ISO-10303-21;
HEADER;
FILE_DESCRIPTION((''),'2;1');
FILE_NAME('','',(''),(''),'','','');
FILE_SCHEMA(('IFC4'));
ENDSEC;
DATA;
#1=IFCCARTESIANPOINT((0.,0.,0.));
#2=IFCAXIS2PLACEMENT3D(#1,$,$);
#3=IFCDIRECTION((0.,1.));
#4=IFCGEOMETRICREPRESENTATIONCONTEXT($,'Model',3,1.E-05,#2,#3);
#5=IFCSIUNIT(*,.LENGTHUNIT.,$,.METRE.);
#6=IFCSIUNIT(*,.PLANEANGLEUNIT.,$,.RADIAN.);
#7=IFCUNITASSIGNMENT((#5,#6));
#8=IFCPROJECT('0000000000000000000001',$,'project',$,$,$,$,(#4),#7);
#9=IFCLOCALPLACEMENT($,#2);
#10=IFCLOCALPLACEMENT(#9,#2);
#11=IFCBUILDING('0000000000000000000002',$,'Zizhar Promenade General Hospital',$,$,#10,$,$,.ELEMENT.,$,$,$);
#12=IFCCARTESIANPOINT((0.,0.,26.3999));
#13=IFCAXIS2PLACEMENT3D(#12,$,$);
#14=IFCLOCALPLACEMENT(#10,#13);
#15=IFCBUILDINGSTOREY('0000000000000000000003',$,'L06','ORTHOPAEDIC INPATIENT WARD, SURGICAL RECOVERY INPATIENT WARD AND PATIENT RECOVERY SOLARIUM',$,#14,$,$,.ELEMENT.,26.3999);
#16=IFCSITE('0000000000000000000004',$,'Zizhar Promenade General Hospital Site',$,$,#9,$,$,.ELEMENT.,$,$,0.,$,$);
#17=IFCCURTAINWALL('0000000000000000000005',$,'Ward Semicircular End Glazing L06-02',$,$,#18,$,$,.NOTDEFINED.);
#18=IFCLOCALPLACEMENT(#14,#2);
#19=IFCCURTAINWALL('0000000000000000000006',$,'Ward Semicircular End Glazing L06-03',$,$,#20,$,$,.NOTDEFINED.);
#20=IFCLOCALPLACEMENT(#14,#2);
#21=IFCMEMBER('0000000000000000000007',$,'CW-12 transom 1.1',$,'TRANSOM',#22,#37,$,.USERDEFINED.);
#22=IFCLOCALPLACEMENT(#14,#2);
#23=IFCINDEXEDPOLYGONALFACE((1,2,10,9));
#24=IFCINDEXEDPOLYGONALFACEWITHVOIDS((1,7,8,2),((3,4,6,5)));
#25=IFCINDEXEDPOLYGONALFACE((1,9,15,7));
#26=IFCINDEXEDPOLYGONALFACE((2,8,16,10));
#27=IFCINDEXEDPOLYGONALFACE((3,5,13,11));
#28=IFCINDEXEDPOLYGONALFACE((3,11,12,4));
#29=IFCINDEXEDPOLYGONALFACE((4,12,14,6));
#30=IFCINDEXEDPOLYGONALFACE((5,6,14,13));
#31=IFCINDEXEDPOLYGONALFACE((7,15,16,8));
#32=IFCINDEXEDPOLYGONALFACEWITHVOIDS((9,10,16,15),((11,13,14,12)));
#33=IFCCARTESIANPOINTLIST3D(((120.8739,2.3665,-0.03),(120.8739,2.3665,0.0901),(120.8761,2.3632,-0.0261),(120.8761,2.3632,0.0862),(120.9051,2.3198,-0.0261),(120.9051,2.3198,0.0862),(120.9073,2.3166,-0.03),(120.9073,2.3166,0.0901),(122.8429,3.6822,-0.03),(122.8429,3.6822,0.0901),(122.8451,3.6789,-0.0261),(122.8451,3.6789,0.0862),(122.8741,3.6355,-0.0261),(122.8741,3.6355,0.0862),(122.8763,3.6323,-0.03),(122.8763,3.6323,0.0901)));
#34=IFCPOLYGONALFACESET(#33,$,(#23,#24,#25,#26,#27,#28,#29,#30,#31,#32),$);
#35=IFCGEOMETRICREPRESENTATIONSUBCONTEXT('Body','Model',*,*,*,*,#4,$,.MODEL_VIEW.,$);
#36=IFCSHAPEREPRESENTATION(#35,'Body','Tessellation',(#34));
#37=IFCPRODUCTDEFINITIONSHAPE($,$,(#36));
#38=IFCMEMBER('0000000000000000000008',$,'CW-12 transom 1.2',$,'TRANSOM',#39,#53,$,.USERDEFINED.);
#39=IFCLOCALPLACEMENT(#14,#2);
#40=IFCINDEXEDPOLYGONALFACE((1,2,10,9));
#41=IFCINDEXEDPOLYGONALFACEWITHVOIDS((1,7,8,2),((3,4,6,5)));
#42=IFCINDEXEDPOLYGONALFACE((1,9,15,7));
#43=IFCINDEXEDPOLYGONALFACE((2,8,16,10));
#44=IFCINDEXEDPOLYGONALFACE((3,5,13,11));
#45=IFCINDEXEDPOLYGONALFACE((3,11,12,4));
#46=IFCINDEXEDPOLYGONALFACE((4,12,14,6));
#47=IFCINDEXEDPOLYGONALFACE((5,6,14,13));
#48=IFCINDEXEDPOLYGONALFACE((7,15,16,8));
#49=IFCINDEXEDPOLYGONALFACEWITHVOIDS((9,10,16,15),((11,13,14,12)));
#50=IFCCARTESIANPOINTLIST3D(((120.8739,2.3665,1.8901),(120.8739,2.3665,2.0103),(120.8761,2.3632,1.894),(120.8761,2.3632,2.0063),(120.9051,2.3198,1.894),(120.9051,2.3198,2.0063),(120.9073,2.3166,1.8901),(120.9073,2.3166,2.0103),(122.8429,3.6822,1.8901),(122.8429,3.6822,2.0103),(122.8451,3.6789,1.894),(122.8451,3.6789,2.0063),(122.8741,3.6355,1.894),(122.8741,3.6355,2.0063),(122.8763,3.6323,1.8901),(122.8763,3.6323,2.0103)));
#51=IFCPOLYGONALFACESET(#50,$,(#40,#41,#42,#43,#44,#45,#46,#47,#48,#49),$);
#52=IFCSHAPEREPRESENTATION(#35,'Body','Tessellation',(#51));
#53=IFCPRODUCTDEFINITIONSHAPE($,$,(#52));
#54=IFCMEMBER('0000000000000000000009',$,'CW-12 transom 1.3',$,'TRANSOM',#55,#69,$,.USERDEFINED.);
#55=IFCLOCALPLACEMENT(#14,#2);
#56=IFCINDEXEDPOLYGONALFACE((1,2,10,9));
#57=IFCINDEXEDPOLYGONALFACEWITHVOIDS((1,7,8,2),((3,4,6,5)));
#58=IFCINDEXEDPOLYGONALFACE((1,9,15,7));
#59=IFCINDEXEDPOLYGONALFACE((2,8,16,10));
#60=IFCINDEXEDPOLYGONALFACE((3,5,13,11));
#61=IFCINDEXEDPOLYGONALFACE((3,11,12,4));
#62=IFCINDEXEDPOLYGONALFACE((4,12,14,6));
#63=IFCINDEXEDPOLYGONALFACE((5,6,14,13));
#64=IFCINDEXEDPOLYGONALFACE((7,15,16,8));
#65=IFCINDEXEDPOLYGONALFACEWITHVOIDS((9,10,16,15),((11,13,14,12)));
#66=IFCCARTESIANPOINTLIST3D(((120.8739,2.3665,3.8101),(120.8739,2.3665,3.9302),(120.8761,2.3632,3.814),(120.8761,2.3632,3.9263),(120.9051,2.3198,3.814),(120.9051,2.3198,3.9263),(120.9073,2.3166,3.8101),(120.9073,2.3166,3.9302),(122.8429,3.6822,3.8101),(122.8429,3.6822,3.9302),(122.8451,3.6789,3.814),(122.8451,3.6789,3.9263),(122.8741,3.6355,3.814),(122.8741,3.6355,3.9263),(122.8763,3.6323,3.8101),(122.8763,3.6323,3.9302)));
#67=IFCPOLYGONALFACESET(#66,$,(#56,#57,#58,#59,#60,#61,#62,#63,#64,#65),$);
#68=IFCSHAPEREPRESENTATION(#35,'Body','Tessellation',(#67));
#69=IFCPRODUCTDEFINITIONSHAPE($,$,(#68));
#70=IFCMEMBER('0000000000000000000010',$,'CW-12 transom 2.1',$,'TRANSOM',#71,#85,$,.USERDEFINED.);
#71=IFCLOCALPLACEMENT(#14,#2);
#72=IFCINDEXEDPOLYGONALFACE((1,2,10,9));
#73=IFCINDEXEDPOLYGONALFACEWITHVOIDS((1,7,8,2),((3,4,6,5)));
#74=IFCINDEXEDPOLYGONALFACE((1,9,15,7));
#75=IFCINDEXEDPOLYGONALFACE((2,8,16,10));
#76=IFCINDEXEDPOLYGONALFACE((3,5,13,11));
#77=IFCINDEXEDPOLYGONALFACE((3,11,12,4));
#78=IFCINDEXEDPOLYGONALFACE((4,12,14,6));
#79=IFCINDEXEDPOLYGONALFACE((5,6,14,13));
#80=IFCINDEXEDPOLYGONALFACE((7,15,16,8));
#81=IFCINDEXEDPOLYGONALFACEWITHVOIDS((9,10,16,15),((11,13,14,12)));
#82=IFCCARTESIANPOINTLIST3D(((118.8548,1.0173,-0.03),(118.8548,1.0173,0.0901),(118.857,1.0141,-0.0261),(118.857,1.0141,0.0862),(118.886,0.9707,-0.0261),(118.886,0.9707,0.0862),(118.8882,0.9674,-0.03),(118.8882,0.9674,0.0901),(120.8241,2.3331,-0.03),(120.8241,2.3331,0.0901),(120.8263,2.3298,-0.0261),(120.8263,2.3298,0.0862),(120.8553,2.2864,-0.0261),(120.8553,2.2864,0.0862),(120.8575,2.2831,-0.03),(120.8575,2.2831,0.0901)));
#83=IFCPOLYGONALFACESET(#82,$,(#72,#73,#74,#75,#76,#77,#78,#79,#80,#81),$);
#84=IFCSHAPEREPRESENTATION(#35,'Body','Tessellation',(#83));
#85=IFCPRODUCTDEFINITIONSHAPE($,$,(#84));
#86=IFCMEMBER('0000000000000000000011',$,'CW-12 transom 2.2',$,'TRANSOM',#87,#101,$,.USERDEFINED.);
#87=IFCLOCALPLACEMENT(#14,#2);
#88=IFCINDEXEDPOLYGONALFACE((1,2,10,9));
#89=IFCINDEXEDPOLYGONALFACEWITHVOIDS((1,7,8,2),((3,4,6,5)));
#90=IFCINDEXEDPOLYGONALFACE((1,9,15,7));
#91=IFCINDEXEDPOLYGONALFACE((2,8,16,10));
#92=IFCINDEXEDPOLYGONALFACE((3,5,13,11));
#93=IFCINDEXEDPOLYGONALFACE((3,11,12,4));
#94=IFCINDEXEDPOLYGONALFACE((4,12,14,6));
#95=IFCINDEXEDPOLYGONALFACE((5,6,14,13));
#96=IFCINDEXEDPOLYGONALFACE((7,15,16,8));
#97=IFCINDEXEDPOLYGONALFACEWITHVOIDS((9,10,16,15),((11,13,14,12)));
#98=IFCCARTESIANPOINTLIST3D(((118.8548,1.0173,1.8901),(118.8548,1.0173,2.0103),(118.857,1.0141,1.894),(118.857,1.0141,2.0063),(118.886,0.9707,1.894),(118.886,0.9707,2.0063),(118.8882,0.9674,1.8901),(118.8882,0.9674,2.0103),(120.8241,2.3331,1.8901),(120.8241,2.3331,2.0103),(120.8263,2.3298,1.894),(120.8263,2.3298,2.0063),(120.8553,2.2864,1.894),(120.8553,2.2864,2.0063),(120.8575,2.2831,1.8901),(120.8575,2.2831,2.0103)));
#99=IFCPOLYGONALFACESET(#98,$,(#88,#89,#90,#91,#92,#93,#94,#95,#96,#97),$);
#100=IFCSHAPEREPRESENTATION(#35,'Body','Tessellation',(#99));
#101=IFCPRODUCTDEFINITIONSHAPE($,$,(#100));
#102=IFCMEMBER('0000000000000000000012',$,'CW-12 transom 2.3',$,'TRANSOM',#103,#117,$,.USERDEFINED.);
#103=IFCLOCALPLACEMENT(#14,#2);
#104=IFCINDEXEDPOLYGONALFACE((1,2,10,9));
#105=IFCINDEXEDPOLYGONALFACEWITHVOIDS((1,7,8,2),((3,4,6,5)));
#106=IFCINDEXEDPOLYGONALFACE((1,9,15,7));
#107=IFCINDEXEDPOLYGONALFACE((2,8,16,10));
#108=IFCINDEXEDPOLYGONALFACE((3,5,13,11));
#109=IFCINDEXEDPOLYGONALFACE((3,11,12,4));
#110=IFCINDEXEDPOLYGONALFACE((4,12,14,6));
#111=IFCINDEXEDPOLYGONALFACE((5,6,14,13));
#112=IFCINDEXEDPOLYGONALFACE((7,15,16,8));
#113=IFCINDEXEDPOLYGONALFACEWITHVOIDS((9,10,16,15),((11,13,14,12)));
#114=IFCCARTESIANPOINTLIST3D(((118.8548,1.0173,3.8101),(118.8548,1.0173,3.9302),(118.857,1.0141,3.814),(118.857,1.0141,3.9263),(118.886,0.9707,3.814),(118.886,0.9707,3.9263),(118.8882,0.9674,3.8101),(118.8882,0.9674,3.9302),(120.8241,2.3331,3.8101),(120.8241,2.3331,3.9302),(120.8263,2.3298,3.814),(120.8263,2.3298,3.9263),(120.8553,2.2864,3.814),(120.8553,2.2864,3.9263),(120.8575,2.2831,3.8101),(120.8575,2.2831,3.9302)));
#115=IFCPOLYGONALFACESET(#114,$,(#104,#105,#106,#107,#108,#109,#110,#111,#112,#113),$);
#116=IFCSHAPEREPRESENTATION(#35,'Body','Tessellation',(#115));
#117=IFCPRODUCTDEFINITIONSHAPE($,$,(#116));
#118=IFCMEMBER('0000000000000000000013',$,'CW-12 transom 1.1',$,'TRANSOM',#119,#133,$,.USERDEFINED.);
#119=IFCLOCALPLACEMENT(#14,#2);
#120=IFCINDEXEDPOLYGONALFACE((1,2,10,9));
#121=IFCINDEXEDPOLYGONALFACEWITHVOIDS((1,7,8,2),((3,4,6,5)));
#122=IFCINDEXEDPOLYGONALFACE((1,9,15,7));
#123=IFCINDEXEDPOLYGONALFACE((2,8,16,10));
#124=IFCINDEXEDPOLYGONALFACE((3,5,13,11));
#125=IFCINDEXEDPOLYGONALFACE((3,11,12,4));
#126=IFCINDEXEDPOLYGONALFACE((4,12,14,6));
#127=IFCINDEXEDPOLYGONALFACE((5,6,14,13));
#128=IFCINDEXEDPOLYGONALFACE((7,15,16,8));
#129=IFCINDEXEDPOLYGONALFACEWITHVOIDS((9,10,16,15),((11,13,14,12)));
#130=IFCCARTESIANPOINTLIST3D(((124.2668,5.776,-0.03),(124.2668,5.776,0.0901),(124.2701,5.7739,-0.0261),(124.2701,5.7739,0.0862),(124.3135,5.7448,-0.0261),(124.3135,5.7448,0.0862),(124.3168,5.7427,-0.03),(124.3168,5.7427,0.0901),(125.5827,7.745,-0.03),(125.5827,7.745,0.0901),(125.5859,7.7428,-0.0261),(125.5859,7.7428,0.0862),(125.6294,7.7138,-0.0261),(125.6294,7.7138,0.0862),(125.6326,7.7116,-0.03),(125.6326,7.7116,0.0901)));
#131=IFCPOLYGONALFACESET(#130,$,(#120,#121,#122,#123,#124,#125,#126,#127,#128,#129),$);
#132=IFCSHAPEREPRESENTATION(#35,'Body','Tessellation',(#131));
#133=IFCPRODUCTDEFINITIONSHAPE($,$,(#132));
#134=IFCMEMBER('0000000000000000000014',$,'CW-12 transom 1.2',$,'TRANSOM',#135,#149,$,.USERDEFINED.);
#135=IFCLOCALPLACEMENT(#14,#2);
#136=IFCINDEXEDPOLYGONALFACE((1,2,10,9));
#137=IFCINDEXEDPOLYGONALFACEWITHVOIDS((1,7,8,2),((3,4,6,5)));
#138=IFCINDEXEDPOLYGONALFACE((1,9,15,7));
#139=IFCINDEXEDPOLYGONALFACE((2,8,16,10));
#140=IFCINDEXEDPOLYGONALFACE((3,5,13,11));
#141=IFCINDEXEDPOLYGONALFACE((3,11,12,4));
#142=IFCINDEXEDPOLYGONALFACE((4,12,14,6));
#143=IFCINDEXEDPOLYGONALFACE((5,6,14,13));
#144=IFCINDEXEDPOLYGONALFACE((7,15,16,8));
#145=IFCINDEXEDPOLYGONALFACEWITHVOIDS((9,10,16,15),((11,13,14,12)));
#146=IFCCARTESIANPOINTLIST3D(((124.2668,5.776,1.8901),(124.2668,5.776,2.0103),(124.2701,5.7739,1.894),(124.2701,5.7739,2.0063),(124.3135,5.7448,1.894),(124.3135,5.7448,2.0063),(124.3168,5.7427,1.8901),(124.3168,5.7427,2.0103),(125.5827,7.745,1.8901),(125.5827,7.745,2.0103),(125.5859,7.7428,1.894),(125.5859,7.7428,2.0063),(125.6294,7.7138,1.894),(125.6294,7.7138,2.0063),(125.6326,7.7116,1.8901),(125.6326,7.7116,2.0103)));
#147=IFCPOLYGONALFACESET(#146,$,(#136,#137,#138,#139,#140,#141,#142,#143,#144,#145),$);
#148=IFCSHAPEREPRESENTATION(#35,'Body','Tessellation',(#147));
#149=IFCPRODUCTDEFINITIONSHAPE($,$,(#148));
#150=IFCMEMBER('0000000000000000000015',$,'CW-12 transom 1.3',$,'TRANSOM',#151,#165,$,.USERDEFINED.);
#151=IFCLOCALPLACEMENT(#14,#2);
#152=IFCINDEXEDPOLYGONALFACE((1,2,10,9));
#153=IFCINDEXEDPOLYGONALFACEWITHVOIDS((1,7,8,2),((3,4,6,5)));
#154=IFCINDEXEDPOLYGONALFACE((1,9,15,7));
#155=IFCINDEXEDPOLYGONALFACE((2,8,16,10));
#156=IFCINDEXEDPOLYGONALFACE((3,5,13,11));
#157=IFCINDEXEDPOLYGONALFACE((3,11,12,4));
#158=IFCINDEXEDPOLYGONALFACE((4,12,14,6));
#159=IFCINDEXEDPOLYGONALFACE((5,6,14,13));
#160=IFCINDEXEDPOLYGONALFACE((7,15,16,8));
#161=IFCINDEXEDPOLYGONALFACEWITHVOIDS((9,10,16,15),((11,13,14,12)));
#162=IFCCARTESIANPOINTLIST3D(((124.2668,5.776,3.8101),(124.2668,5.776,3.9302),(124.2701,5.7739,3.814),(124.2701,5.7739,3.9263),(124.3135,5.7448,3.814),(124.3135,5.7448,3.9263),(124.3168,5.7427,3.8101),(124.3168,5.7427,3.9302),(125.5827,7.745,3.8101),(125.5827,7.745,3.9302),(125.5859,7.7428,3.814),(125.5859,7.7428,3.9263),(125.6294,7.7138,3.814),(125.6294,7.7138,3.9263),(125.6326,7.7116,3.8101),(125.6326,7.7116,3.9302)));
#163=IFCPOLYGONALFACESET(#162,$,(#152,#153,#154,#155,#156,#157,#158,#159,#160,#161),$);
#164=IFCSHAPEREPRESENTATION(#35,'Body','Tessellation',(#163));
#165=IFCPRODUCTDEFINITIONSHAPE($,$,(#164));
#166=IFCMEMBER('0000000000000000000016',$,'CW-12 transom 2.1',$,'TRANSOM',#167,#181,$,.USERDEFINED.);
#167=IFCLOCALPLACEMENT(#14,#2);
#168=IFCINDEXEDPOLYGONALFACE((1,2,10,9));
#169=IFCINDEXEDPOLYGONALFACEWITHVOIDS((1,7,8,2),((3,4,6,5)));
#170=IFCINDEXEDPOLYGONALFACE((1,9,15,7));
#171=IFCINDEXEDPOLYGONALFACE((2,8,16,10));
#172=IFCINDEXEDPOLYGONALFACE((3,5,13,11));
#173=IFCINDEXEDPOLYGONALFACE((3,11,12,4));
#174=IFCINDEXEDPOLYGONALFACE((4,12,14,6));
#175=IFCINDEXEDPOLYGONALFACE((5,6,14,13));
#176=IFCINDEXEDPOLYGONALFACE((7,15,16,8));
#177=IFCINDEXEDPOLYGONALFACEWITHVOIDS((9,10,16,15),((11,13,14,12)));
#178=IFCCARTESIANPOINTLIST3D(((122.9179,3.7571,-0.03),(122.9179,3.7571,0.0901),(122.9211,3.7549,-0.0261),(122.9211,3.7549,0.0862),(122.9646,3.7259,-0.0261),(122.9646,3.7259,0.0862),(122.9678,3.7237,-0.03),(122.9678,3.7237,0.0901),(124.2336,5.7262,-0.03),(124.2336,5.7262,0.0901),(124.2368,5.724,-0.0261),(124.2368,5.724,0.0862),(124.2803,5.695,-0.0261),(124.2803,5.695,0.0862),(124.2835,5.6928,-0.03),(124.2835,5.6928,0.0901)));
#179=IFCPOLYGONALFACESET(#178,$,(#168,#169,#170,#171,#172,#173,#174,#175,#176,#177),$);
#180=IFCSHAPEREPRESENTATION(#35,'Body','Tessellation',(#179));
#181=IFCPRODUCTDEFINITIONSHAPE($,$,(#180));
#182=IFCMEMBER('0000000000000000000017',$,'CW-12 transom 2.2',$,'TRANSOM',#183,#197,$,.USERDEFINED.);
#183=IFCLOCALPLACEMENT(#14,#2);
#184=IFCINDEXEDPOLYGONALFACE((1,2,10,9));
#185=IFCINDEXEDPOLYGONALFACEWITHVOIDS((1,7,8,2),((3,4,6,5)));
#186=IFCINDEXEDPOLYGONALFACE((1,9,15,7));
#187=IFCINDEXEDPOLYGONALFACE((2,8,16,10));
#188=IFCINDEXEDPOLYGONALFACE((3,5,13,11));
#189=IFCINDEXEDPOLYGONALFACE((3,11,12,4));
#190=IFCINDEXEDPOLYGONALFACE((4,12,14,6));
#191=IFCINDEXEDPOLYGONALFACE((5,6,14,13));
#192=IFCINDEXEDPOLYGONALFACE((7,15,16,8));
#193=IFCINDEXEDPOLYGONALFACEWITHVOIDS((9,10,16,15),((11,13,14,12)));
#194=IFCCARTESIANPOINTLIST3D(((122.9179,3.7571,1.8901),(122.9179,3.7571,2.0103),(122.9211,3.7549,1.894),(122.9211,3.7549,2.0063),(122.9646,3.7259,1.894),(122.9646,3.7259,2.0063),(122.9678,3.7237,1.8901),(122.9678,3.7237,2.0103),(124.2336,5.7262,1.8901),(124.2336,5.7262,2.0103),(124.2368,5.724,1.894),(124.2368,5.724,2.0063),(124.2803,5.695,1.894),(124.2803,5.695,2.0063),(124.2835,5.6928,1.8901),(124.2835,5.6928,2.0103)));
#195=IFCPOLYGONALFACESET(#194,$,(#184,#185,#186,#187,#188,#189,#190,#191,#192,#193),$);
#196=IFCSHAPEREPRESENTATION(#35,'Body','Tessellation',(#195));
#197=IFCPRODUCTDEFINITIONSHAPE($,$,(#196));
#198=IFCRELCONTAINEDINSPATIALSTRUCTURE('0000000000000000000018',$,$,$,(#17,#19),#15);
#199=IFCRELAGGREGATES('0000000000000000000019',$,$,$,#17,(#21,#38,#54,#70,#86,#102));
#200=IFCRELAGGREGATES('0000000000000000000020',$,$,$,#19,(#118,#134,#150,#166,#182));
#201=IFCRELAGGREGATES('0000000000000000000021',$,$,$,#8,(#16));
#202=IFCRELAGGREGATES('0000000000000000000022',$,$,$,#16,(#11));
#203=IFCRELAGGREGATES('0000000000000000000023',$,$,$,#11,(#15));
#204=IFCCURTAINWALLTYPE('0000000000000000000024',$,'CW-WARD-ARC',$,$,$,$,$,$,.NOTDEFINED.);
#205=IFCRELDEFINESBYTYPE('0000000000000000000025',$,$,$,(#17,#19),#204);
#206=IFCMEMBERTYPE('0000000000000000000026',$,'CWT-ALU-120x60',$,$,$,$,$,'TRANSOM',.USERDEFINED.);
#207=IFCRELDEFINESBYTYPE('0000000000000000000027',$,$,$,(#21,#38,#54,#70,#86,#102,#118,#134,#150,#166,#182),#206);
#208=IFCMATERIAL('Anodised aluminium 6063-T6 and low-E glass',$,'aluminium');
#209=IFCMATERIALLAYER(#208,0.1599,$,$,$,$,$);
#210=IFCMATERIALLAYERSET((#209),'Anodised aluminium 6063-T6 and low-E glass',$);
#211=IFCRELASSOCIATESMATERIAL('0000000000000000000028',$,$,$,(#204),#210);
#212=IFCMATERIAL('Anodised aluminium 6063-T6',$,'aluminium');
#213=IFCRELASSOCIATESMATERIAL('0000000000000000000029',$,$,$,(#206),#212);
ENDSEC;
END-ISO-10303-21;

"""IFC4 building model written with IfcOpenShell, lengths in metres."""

from ifc_helpers import new_model, si_unit, direction, frame, origin, origin_2d, place, context, subcontext, project, spatial, hollow_rectangle, extrude, material, layer, layer_set, material_profile, profile_set, type_object, element, aggregate, save


model = new_model("IFC4")

# Units and contexts
model_context = context("Model", 3, precision=1e-05, world=origin(), true_north=direction((0.0, 1.0)))
body_context = subcontext(model_context, "Body", "Model", "MODEL_VIEW")
ifc_project = project(units=[si_unit("LENGTHUNIT", "METRE"), si_unit("PLANEANGLEUNIT", "RADIAN")], contexts=[model_context])

# Site, building, storey
site_placement = place(None, origin())
site = spatial("IfcSite", under=ifc_project, at=site_placement, Name="Zizhar Promenade General Hospital Site", CompositionType="ELEMENT", RefElevation=0.0)
building_placement = place(site_placement, origin())
building = spatial("IfcBuilding", under=site, at=building_placement, Name="Zizhar Promenade General Hospital", CompositionType="ELEMENT")
storey_placement = place(building_placement, frame((0.0, 0.0, 26.3999)))
storey = spatial("IfcBuildingStorey", under=building, at=storey_placement, Name="L06", Description="ORTHOPAEDIC INPATIENT WARD, SURGICAL RECOVERY INPATIENT WARD AND PATIENT RECOVERY SOLARIUM", CompositionType="ELEMENT", Elevation=26.3999)

# Curtain walls
ifc_material_1 = material(Name="Anodised aluminium 6063-T6 and low-E glass", Category="aluminium")
ifc_layer_1 = layer(ifc_material_1, 0.1599)
ifc_layer_set_1 = layer_set([ifc_layer_1], Name="Anodised aluminium 6063-T6 and low-E glass")
curtain_wall_type = type_object("IfcCurtainWallType", Name="CW-WARD-ARC", PredefinedType="NOTDEFINED", material=ifc_layer_set_1)
curtain_wall_1_placement = place(storey_placement, origin())
curtain_wall_1 = element("IfcCurtainWall", 1, at=curtain_wall_1_placement, inside=storey, type_object=curtain_wall_type, Name="Ward Semicircular End Glazing L06-02", PredefinedType="NOTDEFINED")
curtain_wall_2_placement = place(storey_placement, origin())
curtain_wall_2 = element("IfcCurtainWall", 2, at=curtain_wall_2_placement, inside=storey, type_object=curtain_wall_type, Name="Ward Semicircular End Glazing L06-03", PredefinedType="NOTDEFINED")

# Members
ifc_material_2 = material(Name="Anodised aluminium 6063-T6", Category="aluminium")
ifc_material_profile_1 = material_profile(ifc_material_2, hollow_rectangle(XDim=0.0601, YDim=0.1201, WallThickness=0.0039, at=origin_2d()))
ifc_profile_set_1 = profile_set([ifc_material_profile_1], Name="Anodised aluminium 6063-T6")
member_type_1 = type_object("IfcMemberType", Name="CWT-ALU-120x60", ElementType="TRANSOM", PredefinedType="USERDEFINED", material=ifc_profile_set_1)
member_1_placement = place(storey_placement, frame((122.8596, 3.6572, 0.03), z_axis=(-0.831463, -0.55558, 0.0), x_axis=(0.55558, -0.831463, 0.0)))
member_1 = element("IfcMember", 3, at=member_1_placement, type_object=member_type_1, Name="CW-12 transom 1.1", ObjectType="TRANSOM", PredefinedType="USERDEFINED", context=body_context, shape_type="SweptSolid", body=[
    extrude(hollow_rectangle(XDim=0.0601, YDim=0.1201, WallThickness=0.0039, at=origin_2d()), origin(), (0.0, 0.0, 1.0), 2.3682),
])
member_2_placement = place(storey_placement, frame((122.8596, 3.6572, 1.9502), z_axis=(-0.831463, -0.55558, 0.0), x_axis=(0.55558, -0.831463, 0.0)))
member_2 = element("IfcMember", 4, at=member_2_placement, type_object=member_type_1, Name="CW-12 transom 1.2", ObjectType="TRANSOM", PredefinedType="USERDEFINED", context=body_context, shape_type="SweptSolid", body=[
    extrude(hollow_rectangle(XDim=0.0601, YDim=0.1201, WallThickness=0.0039, at=origin_2d()), origin(), (0.0, 0.0, 1.0), 2.3682),
])
member_3_placement = place(storey_placement, frame((122.8596, 3.6572, 3.8701), z_axis=(-0.831463, -0.55558, 0.0), x_axis=(0.55558, -0.831463, 0.0)))
member_3 = element("IfcMember", 5, at=member_3_placement, type_object=member_type_1, Name="CW-12 transom 1.3", ObjectType="TRANSOM", PredefinedType="USERDEFINED", context=body_context, shape_type="SweptSolid", body=[
    extrude(hollow_rectangle(XDim=0.0601, YDim=0.1201, WallThickness=0.0039, at=origin_2d()), origin(), (0.0, 0.0, 1.0), 2.3682),
])
member_4_placement = place(storey_placement, frame((120.8408, 2.3081, 0.03), z_axis=(-0.831495, -0.555533, 0.0), x_axis=(0.555533, -0.831495, 0.0)))
member_4 = element("IfcMember", 6, at=member_4_placement, type_object=member_type_1, Name="CW-12 transom 2.1", ObjectType="TRANSOM", PredefinedType="USERDEFINED", context=body_context, shape_type="SweptSolid", body=[
    extrude(hollow_rectangle(XDim=0.0601, YDim=0.1201, WallThickness=0.0039, at=origin_2d()), origin(), (0.0, 0.0, 1.0), 2.3684),
])
member_5_placement = place(storey_placement, frame((120.8408, 2.3081, 1.9502), z_axis=(-0.831495, -0.555533, 0.0), x_axis=(0.555533, -0.831495, 0.0)))
member_5 = element("IfcMember", 7, at=member_5_placement, type_object=member_type_1, Name="CW-12 transom 2.2", ObjectType="TRANSOM", PredefinedType="USERDEFINED", context=body_context, shape_type="SweptSolid", body=[
    extrude(hollow_rectangle(XDim=0.0601, YDim=0.1201, WallThickness=0.0039, at=origin_2d()), origin(), (0.0, 0.0, 1.0), 2.3684),
])
member_6_placement = place(storey_placement, frame((120.8408, 2.3081, 3.8701), z_axis=(-0.831495, -0.555533, 0.0), x_axis=(0.555533, -0.831495, 0.0)))
member_6 = element("IfcMember", 8, at=member_6_placement, type_object=member_type_1, Name="CW-12 transom 2.3", ObjectType="TRANSOM", PredefinedType="USERDEFINED", context=body_context, shape_type="SweptSolid", body=[
    extrude(hollow_rectangle(XDim=0.0601, YDim=0.1201, WallThickness=0.0039, at=origin_2d()), origin(), (0.0, 0.0, 1.0), 2.3684),
])
member_7_placement = place(storey_placement, frame((125.6077, 7.7283, 0.03), z_axis=(-0.555651, -0.831415, 0.0), x_axis=(0.831415, -0.555651, 0.0)))
member_7 = element("IfcMember", 9, at=member_7_placement, type_object=member_type_1, Name="CW-12 transom 1.1", ObjectType="TRANSOM", PredefinedType="USERDEFINED", context=body_context, shape_type="SweptSolid", body=[
    extrude(hollow_rectangle(XDim=0.0601, YDim=0.1201, WallThickness=0.0039, at=origin_2d()), origin(), (0.0, 0.0, 1.0), 2.3682),
])
member_8_placement = place(storey_placement, frame((125.6077, 7.7283, 1.9502), z_axis=(-0.555651, -0.831415, 0.0), x_axis=(0.831415, -0.555651, 0.0)))
member_8 = element("IfcMember", 10, at=member_8_placement, type_object=member_type_1, Name="CW-12 transom 1.2", ObjectType="TRANSOM", PredefinedType="USERDEFINED", context=body_context, shape_type="SweptSolid", body=[
    extrude(hollow_rectangle(XDim=0.0601, YDim=0.1201, WallThickness=0.0039, at=origin_2d()), origin(), (0.0, 0.0, 1.0), 2.3682),
])
member_9_placement = place(storey_placement, frame((125.6077, 7.7283, 3.8701), z_axis=(-0.555651, -0.831415, 0.0), x_axis=(0.831415, -0.555651, 0.0)))
member_9 = element("IfcMember", 11, at=member_9_placement, type_object=member_type_1, Name="CW-12 transom 1.3", ObjectType="TRANSOM", PredefinedType="USERDEFINED", context=body_context, shape_type="SweptSolid", body=[
    extrude(hollow_rectangle(XDim=0.0601, YDim=0.1201, WallThickness=0.0039, at=origin_2d()), origin(), (0.0, 0.0, 1.0), 2.3682),
])
member_10_placement = place(storey_placement, frame((124.2585, 5.7095, 0.03), z_axis=(-0.55558, -0.831463, 0.0), x_axis=(0.831463, -0.55558, 0.0)))
member_10 = element("IfcMember", 12, at=member_10_placement, type_object=member_type_1, Name="CW-12 transom 2.1", ObjectType="TRANSOM", PredefinedType="USERDEFINED", context=body_context, shape_type="SweptSolid", body=[
    extrude(hollow_rectangle(XDim=0.0601, YDim=0.1201, WallThickness=0.0039, at=origin_2d()), origin(), (0.0, 0.0, 1.0), 2.3682),
])
member_11_placement = place(storey_placement, frame((124.2585, 5.7095, 1.9502), z_axis=(-0.55558, -0.831463, 0.0), x_axis=(0.831463, -0.55558, 0.0)))
member_11 = element("IfcMember", 13, at=member_11_placement, type_object=member_type_1, Name="CW-12 transom 2.2", ObjectType="TRANSOM", PredefinedType="USERDEFINED", context=body_context, shape_type="SweptSolid", body=[
    extrude(hollow_rectangle(XDim=0.0601, YDim=0.1201, WallThickness=0.0039, at=origin_2d()), origin(), (0.0, 0.0, 1.0), 2.3682),
])

aggregate(curtain_wall_1, [member_1, member_2, member_3, member_4, member_5, member_6])
aggregate(curtain_wall_2, [member_7, member_8, member_9, member_10, member_11])

save(model, "model.ifc")
